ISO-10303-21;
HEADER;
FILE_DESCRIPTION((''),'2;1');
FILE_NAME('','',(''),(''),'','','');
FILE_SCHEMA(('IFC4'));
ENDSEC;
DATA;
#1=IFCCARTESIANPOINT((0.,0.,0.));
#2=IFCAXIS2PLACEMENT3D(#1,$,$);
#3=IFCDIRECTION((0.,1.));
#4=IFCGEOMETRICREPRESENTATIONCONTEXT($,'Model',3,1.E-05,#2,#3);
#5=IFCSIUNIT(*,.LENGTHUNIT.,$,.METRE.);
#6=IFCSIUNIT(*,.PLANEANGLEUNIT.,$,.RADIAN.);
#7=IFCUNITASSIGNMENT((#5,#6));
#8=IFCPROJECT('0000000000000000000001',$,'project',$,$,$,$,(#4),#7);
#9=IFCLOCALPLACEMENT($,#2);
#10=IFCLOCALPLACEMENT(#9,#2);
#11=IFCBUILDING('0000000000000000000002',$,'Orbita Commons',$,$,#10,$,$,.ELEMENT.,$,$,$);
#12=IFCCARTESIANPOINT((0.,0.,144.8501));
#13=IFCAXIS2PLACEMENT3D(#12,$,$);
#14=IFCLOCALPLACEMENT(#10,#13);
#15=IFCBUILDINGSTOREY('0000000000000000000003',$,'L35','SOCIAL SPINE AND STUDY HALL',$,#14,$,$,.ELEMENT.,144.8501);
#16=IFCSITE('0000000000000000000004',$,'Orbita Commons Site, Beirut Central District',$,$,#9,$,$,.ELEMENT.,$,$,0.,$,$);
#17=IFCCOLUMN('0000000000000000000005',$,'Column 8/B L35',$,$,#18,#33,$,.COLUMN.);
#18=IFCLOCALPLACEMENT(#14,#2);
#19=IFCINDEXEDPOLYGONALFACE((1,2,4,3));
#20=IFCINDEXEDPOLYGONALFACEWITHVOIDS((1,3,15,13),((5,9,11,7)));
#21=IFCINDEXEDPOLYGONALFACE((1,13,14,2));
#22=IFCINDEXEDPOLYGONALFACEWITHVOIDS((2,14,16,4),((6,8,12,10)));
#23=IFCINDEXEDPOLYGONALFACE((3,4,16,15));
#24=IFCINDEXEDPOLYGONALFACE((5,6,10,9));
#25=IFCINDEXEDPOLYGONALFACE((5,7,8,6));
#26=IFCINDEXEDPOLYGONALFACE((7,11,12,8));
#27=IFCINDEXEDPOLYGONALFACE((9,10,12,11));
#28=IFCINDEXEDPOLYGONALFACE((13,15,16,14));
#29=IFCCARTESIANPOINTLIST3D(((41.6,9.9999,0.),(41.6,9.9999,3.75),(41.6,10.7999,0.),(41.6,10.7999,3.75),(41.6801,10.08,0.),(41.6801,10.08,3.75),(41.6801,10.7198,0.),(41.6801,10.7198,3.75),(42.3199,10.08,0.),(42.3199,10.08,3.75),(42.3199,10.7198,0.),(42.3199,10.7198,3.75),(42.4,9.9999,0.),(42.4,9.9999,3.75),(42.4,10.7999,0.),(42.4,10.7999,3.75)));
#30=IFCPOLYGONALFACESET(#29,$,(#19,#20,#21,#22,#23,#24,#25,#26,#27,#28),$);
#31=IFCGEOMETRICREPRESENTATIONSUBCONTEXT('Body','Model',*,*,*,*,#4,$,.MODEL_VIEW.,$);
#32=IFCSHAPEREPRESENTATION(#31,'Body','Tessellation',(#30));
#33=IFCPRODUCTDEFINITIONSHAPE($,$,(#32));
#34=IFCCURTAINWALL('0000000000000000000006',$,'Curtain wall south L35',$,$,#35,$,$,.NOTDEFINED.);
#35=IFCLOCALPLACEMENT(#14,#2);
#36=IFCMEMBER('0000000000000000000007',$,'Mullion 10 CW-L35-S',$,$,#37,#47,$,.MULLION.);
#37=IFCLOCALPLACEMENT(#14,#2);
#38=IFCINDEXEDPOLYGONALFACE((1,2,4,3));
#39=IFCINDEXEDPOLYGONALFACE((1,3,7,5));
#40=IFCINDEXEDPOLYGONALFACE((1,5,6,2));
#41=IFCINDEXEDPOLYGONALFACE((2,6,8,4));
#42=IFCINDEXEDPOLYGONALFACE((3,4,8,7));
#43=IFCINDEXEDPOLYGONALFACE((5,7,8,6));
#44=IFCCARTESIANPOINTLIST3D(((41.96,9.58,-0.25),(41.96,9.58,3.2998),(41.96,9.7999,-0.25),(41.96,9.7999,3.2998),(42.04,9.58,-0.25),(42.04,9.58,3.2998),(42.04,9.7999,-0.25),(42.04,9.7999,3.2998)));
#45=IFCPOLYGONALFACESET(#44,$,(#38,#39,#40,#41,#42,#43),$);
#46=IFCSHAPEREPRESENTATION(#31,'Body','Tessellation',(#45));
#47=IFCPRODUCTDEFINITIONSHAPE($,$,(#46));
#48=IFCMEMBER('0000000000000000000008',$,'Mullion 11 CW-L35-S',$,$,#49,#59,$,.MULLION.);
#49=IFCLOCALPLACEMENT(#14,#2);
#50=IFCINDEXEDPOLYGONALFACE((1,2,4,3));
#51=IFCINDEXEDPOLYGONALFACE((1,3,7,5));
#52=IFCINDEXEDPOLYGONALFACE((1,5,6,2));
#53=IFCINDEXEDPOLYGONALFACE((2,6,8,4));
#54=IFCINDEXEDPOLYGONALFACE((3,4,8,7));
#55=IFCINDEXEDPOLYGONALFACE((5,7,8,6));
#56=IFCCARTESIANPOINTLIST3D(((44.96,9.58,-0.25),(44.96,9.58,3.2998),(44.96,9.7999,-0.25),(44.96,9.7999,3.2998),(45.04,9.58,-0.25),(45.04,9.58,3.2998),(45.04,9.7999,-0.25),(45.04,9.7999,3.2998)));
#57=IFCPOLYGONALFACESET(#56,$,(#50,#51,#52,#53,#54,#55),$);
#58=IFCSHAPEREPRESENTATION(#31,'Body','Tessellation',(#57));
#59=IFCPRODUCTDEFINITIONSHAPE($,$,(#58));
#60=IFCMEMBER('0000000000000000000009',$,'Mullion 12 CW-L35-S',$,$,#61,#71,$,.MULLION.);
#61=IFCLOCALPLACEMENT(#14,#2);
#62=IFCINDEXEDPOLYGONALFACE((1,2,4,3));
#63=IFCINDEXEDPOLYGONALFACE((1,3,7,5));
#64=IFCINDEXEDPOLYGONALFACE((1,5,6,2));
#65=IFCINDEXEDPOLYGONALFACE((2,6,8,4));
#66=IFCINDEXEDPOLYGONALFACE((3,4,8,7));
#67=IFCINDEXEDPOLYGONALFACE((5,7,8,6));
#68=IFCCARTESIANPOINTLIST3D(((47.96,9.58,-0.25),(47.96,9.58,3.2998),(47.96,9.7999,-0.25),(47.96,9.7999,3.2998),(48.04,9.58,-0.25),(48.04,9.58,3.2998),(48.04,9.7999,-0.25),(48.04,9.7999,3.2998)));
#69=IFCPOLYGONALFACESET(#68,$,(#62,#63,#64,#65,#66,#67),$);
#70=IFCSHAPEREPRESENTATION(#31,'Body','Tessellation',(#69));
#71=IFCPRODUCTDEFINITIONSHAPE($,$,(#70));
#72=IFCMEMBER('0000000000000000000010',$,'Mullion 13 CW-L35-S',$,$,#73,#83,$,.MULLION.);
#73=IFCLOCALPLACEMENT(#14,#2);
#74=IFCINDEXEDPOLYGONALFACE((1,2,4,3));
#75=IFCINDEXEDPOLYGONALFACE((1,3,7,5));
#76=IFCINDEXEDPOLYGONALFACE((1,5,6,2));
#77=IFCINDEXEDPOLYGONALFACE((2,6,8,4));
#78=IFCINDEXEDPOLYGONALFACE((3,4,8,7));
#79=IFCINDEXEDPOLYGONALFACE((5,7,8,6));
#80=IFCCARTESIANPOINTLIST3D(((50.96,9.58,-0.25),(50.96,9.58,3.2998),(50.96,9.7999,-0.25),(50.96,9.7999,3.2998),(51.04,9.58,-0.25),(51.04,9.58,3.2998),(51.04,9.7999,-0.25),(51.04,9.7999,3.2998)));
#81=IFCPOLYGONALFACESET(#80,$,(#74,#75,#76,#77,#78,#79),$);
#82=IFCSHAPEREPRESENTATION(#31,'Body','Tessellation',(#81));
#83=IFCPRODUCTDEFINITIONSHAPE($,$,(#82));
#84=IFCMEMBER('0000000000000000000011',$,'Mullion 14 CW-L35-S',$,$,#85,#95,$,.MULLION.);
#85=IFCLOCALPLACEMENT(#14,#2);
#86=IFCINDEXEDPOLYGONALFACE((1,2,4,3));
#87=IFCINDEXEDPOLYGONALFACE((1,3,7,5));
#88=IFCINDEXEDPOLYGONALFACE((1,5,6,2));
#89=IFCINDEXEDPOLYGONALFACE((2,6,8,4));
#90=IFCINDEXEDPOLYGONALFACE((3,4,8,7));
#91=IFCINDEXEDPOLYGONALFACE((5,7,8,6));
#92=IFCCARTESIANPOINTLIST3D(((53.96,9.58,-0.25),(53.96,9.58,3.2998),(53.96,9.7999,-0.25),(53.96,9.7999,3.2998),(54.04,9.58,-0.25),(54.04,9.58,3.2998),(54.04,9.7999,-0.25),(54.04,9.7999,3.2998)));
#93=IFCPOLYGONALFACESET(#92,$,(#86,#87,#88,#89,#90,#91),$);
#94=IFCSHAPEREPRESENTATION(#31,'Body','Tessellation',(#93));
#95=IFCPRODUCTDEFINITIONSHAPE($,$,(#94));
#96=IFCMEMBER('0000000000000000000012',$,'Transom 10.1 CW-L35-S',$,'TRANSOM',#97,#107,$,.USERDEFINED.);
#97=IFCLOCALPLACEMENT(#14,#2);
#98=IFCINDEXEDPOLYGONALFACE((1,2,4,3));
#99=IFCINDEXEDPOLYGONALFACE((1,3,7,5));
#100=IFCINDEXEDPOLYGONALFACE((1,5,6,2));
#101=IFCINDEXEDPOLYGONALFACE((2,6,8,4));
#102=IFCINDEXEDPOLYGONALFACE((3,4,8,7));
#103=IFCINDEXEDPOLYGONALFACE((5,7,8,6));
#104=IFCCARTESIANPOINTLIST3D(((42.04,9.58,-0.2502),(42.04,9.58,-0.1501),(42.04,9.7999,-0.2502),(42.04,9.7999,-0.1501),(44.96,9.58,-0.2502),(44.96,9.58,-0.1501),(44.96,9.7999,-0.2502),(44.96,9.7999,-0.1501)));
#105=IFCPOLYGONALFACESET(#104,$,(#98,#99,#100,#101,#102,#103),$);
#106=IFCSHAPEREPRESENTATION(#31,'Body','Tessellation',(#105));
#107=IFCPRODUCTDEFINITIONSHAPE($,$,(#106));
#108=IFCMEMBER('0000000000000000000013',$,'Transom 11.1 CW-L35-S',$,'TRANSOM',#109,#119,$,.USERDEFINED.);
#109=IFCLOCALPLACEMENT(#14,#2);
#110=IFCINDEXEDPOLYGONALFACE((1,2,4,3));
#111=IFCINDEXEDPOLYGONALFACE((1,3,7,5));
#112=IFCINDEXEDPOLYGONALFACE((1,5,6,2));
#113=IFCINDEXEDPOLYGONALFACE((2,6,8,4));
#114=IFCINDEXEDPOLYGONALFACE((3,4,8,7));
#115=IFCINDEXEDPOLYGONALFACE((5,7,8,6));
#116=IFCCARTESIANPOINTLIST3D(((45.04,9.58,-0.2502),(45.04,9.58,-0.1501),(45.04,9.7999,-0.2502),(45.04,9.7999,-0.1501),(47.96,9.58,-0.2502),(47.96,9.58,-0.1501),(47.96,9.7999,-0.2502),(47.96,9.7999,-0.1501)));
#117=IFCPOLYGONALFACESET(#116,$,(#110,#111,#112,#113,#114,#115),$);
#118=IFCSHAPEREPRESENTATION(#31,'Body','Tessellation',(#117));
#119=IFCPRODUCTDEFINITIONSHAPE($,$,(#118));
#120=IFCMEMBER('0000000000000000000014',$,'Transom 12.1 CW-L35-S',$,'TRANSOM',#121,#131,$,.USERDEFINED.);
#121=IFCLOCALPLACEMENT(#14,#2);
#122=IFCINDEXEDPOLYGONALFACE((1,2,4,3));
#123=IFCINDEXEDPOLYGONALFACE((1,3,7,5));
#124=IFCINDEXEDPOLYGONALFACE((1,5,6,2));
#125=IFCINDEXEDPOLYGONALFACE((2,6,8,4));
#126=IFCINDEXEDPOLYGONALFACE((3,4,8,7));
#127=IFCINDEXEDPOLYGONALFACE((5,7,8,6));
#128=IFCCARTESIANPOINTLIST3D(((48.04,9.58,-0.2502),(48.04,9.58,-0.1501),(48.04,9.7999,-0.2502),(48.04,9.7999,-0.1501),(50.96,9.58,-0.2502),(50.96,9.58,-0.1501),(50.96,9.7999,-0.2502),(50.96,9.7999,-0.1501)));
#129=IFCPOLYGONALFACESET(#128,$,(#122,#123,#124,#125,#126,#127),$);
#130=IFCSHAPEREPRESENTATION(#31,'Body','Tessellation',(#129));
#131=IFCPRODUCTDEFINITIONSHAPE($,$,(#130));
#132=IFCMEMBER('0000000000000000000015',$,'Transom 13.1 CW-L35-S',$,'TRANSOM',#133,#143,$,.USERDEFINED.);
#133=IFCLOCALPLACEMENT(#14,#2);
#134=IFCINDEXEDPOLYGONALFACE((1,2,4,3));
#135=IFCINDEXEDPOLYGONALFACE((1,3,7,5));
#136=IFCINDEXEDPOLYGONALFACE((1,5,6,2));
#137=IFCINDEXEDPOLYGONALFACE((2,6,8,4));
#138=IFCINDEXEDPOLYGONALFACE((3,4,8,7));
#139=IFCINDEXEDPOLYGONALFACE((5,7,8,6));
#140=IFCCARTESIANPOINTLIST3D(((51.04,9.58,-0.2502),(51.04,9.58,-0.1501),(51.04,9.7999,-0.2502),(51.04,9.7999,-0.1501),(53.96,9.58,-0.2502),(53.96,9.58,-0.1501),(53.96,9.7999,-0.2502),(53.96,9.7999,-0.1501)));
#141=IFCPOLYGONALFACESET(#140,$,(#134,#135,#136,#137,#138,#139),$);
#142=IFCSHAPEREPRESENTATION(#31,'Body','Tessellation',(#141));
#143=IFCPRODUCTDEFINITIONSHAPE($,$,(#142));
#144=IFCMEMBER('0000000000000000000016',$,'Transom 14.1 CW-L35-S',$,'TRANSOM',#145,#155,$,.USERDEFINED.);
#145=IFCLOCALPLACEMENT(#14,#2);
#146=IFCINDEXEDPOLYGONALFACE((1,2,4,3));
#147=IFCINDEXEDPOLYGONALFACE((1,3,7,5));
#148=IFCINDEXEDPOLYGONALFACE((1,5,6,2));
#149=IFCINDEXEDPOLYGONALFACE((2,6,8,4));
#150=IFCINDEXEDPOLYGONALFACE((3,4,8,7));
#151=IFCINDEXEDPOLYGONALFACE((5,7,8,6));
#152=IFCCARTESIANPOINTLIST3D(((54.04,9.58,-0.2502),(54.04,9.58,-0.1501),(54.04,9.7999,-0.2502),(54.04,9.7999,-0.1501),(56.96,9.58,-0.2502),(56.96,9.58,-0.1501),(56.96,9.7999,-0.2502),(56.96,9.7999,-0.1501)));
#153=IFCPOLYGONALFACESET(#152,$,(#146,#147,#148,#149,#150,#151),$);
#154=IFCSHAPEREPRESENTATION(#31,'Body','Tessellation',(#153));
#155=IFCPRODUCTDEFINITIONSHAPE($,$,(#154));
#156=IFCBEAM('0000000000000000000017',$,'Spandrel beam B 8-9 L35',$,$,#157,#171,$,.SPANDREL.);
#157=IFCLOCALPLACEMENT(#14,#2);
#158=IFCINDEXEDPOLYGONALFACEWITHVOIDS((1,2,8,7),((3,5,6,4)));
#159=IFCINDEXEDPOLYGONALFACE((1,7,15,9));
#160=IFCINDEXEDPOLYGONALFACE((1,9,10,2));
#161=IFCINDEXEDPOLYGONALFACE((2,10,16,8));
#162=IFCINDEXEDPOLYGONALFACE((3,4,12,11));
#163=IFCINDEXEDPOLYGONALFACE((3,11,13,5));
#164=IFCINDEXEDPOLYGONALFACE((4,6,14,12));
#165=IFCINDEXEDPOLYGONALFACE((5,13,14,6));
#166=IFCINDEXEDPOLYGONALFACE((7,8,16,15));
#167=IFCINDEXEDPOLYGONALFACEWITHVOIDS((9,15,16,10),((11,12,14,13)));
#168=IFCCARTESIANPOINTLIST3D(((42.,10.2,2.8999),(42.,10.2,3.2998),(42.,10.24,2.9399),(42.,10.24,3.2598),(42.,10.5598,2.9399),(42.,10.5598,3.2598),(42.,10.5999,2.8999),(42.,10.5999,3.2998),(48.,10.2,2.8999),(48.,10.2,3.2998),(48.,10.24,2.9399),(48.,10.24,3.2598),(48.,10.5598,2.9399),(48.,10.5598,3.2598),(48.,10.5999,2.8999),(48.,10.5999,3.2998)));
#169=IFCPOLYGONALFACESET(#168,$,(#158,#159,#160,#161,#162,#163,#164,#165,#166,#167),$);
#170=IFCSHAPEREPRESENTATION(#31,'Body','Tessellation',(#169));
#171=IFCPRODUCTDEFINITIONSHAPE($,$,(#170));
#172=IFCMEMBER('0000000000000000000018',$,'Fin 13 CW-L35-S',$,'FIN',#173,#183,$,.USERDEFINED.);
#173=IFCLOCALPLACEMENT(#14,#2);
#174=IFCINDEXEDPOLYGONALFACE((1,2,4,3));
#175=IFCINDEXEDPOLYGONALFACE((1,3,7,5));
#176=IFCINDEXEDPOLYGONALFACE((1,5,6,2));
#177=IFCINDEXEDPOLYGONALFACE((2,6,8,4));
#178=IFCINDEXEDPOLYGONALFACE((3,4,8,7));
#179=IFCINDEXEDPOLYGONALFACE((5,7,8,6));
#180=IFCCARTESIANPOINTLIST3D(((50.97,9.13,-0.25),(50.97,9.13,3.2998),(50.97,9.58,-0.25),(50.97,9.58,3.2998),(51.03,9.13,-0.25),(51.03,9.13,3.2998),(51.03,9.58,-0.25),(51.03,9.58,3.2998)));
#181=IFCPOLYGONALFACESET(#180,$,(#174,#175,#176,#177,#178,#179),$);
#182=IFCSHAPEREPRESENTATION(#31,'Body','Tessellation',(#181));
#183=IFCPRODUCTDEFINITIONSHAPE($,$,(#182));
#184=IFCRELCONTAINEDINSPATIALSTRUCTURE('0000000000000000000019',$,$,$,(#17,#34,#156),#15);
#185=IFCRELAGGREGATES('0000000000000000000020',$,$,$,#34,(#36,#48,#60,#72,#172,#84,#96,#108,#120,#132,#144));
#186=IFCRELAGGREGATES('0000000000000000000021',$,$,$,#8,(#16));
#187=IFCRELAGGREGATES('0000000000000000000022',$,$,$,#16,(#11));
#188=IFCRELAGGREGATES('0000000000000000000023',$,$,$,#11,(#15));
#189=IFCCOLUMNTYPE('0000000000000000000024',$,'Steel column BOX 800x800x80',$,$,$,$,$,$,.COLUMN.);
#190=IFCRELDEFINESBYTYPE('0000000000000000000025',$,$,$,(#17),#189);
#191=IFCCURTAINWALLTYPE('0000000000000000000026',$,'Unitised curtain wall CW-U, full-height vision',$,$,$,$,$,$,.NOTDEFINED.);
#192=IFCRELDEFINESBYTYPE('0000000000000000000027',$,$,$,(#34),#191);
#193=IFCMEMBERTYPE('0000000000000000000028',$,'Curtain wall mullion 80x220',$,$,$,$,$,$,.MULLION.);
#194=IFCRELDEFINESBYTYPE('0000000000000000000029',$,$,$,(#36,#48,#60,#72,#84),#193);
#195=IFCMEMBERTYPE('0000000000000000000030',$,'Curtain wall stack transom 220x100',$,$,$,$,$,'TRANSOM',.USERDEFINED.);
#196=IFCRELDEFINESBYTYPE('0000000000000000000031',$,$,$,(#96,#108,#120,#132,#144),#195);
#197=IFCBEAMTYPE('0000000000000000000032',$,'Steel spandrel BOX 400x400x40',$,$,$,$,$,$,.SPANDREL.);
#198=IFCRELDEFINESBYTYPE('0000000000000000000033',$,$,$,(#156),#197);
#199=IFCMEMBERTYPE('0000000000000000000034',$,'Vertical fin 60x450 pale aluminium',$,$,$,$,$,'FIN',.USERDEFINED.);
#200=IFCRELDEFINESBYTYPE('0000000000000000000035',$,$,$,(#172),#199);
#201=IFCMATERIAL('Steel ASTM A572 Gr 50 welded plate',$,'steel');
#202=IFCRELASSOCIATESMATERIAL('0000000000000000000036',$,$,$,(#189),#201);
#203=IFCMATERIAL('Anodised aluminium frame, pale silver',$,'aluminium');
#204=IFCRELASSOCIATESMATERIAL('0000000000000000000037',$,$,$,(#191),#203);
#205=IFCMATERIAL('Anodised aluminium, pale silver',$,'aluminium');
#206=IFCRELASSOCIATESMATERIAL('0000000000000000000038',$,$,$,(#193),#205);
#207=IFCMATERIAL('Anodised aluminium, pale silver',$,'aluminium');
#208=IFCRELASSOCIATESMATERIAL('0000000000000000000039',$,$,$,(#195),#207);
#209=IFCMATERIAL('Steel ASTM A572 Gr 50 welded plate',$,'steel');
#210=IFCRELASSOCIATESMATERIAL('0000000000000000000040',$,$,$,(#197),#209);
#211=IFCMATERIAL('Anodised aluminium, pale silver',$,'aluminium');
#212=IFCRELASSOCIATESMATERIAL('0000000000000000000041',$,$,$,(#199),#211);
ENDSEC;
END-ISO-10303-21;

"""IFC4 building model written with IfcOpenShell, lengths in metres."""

from ifc_helpers import new_model, si_unit, direction, frame, origin, origin_2d, place, context, subcontext, project, spatial, rectangle, hollow_rectangle, extrude, material, material_profile, profile_set, type_object, element, aggregate, save


model = new_model("IFC4")

# Units and contexts
model_context = context("Model", 3, precision=1e-05, world=origin(), true_north=direction((0.0, 1.0)))
body_context = subcontext(model_context, "Body", "Model", "MODEL_VIEW")
ifc_project = project(units=[si_unit("LENGTHUNIT", "METRE"), si_unit("PLANEANGLEUNIT", "RADIAN")], contexts=[model_context])

# Site, building, storey
site_placement = place(None, origin())
site = spatial("IfcSite", under=ifc_project, at=site_placement, Name="Orbita Commons Site, Beirut Central District", CompositionType="ELEMENT", RefElevation=0.0)
building_placement = place(site_placement, origin())
building = spatial("IfcBuilding", under=site, at=building_placement, Name="Orbita Commons", CompositionType="ELEMENT")
storey_placement = place(building_placement, frame((0.0, 0.0, 144.8501)))
storey = spatial("IfcBuildingStorey", under=building, at=storey_placement, Name="L35", Description="SOCIAL SPINE AND STUDY HALL", CompositionType="ELEMENT", Elevation=144.8501)

# Column
ifc_material_1 = material(Name="Steel ASTM A572 Gr 50 welded plate", Category="steel")
ifc_material_profile_1 = material_profile(ifc_material_1, hollow_rectangle(XDim=0.8, YDim=0.8, WallThickness=0.0801, at=origin_2d()), Name="BOX 800x800x80")
ifc_profile_set_1 = profile_set([ifc_material_profile_1], Name="Steel ASTM A572 Gr 50 welded plate")
column_type = type_object("IfcColumnType", Name="Steel column BOX 800x800x80", PredefinedType="COLUMN", material=ifc_profile_set_1)
column_placement = place(storey_placement, frame((42.0, 10.3999, 0.0), z_axis=(0.0, 0.0, 1.0), x_axis=(1.0, 0.0, 0.0)))
element("IfcColumn", 1, at=column_placement, inside=storey, type_object=column_type, Name="Column 8/B L35", PredefinedType="COLUMN", context=body_context, shape_type="SweptSolid", body=[
    extrude(hollow_rectangle(XDim=0.8, YDim=0.8, WallThickness=0.0801, at=origin_2d()), origin(), (0.0, 0.0, 1.0), 3.75),
])

# Curtain wall, members
ifc_material_2 = material(Name="Anodised aluminium frame, pale silver", Category="aluminium")
curtain_wall_type = type_object("IfcCurtainWallType", Name="Unitised curtain wall CW-U, full-height vision", PredefinedType="NOTDEFINED", material=ifc_material_2)
curtain_wall_placement = place(storey_placement, origin())
curtain_wall = element("IfcCurtainWall", 2, at=curtain_wall_placement, inside=storey, type_object=curtain_wall_type, Name="Curtain wall south L35", PredefinedType="NOTDEFINED")
ifc_material_3 = material(Name="Anodised aluminium, pale silver", Category="aluminium")
ifc_material_profile_2 = material_profile(ifc_material_3, rectangle(XDim=0.0801, YDim=0.22, at=origin_2d()), Name="AL 80x220")
ifc_profile_set_2 = profile_set([ifc_material_profile_2], Name="Anodised aluminium, pale silver")
member_type_1 = type_object("IfcMemberType", Name="Curtain wall mullion 80x220", PredefinedType="MULLION", material=ifc_profile_set_2)
member_1_placement = place(storey_placement, frame((42.0, 9.6899, -0.25), z_axis=(0.0, 0.0, 1.0), x_axis=(1.0, 0.0, 0.0)))
member_1 = element("IfcMember", 3, at=member_1_placement, type_object=member_type_1, Name="Mullion 10 CW-L35-S", PredefinedType="MULLION", context=body_context, shape_type="SweptSolid", body=[
    extrude(rectangle(XDim=0.0801, YDim=0.22, at=origin_2d()), origin(), (0.0, 0.0, 1.0), 3.5498),
])
member_2_placement = place(storey_placement, frame((45.0, 9.6899, -0.25), z_axis=(0.0, 0.0, 1.0), x_axis=(1.0, 0.0, 0.0)))
member_2 = element("IfcMember", 4, at=member_2_placement, type_object=member_type_1, Name="Mullion 11 CW-L35-S", PredefinedType="MULLION", context=body_context, shape_type="SweptSolid", body=[
    extrude(rectangle(XDim=0.0801, YDim=0.22, at=origin_2d()), origin(), (0.0, 0.0, 1.0), 3.5498),
])
member_3_placement = place(storey_placement, frame((48.0, 9.6899, -0.25), z_axis=(0.0, 0.0, 1.0), x_axis=(1.0, 0.0, 0.0)))
member_3 = element("IfcMember", 5, at=member_3_placement, type_object=member_type_1, Name="Mullion 12 CW-L35-S", PredefinedType="MULLION", context=body_context, shape_type="SweptSolid", body=[
    extrude(rectangle(XDim=0.0801, YDim=0.22, at=origin_2d()), origin(), (0.0, 0.0, 1.0), 3.5498),
])
member_4_placement = place(storey_placement, frame((51.0, 9.6899, -0.25), z_axis=(0.0, 0.0, 1.0), x_axis=(1.0, 0.0, 0.0)))
member_4 = element("IfcMember", 6, at=member_4_placement, type_object=member_type_1, Name="Mullion 13 CW-L35-S", PredefinedType="MULLION", context=body_context, shape_type="SweptSolid", body=[
    extrude(rectangle(XDim=0.0801, YDim=0.22, at=origin_2d()), origin(), (0.0, 0.0, 1.0), 3.5498),
])
member_5_placement = place(storey_placement, frame((54.0, 9.6899, -0.25), z_axis=(0.0, 0.0, 1.0), x_axis=(1.0, 0.0, 0.0)))
member_5 = element("IfcMember", 7, at=member_5_placement, type_object=member_type_1, Name="Mullion 14 CW-L35-S", PredefinedType="MULLION", context=body_context, shape_type="SweptSolid", body=[
    extrude(rectangle(XDim=0.0801, YDim=0.22, at=origin_2d()), origin(), (0.0, 0.0, 1.0), 3.5498),
])
ifc_material_4 = material(Name="Anodised aluminium, pale silver", Category="aluminium")
ifc_material_profile_3 = material_profile(ifc_material_4, rectangle(XDim=0.22, YDim=0.1001, at=origin_2d()), Name="AL 220x100")
ifc_profile_set_3 = profile_set([ifc_material_profile_3], Name="Anodised aluminium, pale silver")
member_type_2 = type_object("IfcMemberType", Name="Curtain wall stack transom 220x100", ElementType="TRANSOM", PredefinedType="USERDEFINED", material=ifc_profile_set_3)
member_6_placement = place(storey_placement, frame((42.04, 9.6899, -0.2002), z_axis=(1.0, 0.0, 0.0), x_axis=(0.0, 1.0, 0.0)))
member_6 = element("IfcMember", 8, at=member_6_placement, type_object=member_type_2, Name="Transom 10.1 CW-L35-S", ObjectType="TRANSOM", PredefinedType="USERDEFINED", context=body_context, shape_type="SweptSolid", body=[
    extrude(rectangle(XDim=0.22, YDim=0.1001, at=origin_2d()), origin(), (0.0, 0.0, 1.0), 2.9199),
])
member_7_placement = place(storey_placement, frame((45.04, 9.6899, -0.2002), z_axis=(1.0, 0.0, 0.0), x_axis=(0.0, 1.0, 0.0)))
member_7 = element("IfcMember", 9, at=member_7_placement, type_object=member_type_2, Name="Transom 11.1 CW-L35-S", ObjectType="TRANSOM", PredefinedType="USERDEFINED", context=body_context, shape_type="SweptSolid", body=[
    extrude(rectangle(XDim=0.22, YDim=0.1001, at=origin_2d()), origin(), (0.0, 0.0, 1.0), 2.9199),
])
member_8_placement = place(storey_placement, frame((48.04, 9.6899, -0.2002), z_axis=(1.0, 0.0, 0.0), x_axis=(0.0, 1.0, 0.0)))
member_8 = element("IfcMember", 10, at=member_8_placement, type_object=member_type_2, Name="Transom 12.1 CW-L35-S", ObjectType="TRANSOM", PredefinedType="USERDEFINED", context=body_context, shape_type="SweptSolid", body=[
    extrude(rectangle(XDim=0.22, YDim=0.1001, at=origin_2d()), origin(), (0.0, 0.0, 1.0), 2.9199),
])
member_9_placement = place(storey_placement, frame((51.04, 9.6899, -0.2002), z_axis=(1.0, 0.0, 0.0), x_axis=(0.0, 1.0, 0.0)))
member_9 = element("IfcMember", 11, at=member_9_placement, type_object=member_type_2, Name="Transom 13.1 CW-L35-S", ObjectType="TRANSOM", PredefinedType="USERDEFINED", context=body_context, shape_type="SweptSolid", body=[
    extrude(rectangle(XDim=0.22, YDim=0.1001, at=origin_2d()), origin(), (0.0, 0.0, 1.0), 2.9199),
])
member_10_placement = place(storey_placement, frame((54.04, 9.6899, -0.2002), z_axis=(1.0, 0.0, 0.0), x_axis=(0.0, 1.0, 0.0)))
member_10 = element("IfcMember", 12, at=member_10_placement, type_object=member_type_2, Name="Transom 14.1 CW-L35-S", ObjectType="TRANSOM", PredefinedType="USERDEFINED", context=body_context, shape_type="SweptSolid", body=[
    extrude(rectangle(XDim=0.22, YDim=0.1001, at=origin_2d()), origin(), (0.0, 0.0, 1.0), 2.9199),
])

# Beam
ifc_material_5 = material(Name="Steel ASTM A572 Gr 50 welded plate", Category="steel")
ifc_material_profile_4 = material_profile(ifc_material_5, hollow_rectangle(XDim=0.3999, YDim=0.3999, WallThickness=0.04, at=origin_2d()), Name="BOX 400x400x40")
ifc_profile_set_4 = profile_set([ifc_material_profile_4], Name="Steel ASTM A572 Gr 50 welded plate")
beam_type = type_object("IfcBeamType", Name="Steel spandrel BOX 400x400x40", PredefinedType="SPANDREL", material=ifc_profile_set_4)
beam_placement = place(storey_placement, frame((42.0, 10.3999, 3.0999), z_axis=(1.0, 0.0, 0.0), x_axis=(0.0, 1.0, 0.0)))
element("IfcBeam", 13, at=beam_placement, inside=storey, type_object=beam_type, Name="Spandrel beam B 8-9 L35", PredefinedType="SPANDREL", context=body_context, shape_type="SweptSolid", body=[
    extrude(hollow_rectangle(XDim=0.3999, YDim=0.3999, WallThickness=0.04, at=origin_2d()), origin(), (0.0, 0.0, 1.0), 6.0),
])

# Member
ifc_material_6 = material(Name="Anodised aluminium, pale silver", Category="aluminium")
ifc_material_profile_5 = material_profile(ifc_material_6, rectangle(XDim=0.0601, YDim=0.45, at=origin_2d()), Name="FIN 60x450")
ifc_profile_set_5 = profile_set([ifc_material_profile_5], Name="Anodised aluminium, pale silver")
member_type_3 = type_object("IfcMemberType", Name="Vertical fin 60x450 pale aluminium", ElementType="FIN", PredefinedType="USERDEFINED", material=ifc_profile_set_5)
member_11_placement = place(storey_placement, frame((51.0, 9.355, -0.25), z_axis=(0.0, 0.0, 1.0), x_axis=(1.0, 0.0, 0.0)))
member_11 = element("IfcMember", 14, at=member_11_placement, type_object=member_type_3, Name="Fin 13 CW-L35-S", ObjectType="FIN", PredefinedType="USERDEFINED", context=body_context, shape_type="SweptSolid", body=[
    extrude(rectangle(XDim=0.0601, YDim=0.45, at=origin_2d()), origin(), (0.0, 0.0, 1.0), 3.5498),
])

aggregate(curtain_wall, [member_1, member_2, member_3, member_4, member_11, member_5, member_6, member_7, member_8, member_9, member_10])

save(model, "model.ifc")
